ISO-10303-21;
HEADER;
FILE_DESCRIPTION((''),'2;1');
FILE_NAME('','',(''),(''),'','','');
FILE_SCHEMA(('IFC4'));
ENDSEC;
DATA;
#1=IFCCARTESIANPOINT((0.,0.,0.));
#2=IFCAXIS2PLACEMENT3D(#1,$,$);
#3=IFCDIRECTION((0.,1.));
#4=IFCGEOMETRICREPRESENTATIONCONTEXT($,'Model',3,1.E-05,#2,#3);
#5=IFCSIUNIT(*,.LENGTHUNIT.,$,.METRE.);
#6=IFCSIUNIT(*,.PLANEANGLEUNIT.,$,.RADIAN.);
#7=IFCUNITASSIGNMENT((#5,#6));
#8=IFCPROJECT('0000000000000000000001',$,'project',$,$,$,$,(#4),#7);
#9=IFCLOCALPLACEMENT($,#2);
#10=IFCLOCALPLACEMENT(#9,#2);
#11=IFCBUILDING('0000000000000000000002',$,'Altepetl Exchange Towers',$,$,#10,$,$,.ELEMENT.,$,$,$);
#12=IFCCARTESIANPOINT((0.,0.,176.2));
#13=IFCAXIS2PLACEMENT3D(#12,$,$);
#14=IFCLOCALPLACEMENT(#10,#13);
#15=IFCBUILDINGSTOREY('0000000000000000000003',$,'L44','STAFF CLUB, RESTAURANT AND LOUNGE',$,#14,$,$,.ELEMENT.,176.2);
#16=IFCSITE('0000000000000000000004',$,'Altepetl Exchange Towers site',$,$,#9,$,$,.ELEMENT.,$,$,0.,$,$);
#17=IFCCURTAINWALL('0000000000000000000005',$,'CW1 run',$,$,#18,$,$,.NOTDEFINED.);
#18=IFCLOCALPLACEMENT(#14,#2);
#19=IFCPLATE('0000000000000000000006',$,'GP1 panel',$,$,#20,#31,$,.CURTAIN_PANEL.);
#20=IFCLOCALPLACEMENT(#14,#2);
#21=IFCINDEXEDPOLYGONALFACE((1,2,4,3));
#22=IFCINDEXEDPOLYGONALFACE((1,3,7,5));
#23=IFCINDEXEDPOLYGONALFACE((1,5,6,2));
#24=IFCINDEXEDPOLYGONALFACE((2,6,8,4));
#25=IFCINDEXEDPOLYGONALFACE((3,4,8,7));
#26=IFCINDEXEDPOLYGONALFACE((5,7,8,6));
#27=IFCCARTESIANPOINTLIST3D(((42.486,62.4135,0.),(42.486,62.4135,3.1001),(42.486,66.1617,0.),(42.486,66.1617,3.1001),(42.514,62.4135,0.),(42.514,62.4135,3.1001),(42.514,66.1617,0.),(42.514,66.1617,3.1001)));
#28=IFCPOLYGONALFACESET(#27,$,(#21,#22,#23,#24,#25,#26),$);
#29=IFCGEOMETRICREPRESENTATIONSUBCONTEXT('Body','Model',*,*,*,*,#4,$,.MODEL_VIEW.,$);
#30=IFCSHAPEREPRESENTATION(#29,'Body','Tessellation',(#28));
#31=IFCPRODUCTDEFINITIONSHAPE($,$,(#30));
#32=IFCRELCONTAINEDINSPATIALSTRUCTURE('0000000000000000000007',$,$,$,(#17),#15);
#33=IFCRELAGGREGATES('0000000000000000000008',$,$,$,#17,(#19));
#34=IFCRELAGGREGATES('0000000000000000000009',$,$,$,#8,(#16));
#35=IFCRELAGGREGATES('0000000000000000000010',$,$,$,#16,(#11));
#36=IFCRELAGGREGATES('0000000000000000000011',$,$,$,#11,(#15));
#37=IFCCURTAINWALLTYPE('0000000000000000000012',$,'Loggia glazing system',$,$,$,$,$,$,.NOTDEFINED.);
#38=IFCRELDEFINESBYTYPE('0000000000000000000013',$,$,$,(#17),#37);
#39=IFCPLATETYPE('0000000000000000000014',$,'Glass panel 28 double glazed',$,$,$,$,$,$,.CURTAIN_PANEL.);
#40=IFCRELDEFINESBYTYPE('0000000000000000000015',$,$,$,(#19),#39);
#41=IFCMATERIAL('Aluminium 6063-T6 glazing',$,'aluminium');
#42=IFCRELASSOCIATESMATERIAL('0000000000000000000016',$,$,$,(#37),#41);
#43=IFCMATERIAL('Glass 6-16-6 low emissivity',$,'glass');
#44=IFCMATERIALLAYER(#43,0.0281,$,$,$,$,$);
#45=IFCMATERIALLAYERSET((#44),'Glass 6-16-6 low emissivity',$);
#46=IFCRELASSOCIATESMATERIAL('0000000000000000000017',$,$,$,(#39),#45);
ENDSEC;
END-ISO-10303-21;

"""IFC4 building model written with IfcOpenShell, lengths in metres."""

from ifc_helpers import new_model, si_unit, direction, frame, origin, origin_2d, place, context, subcontext, project, spatial, rectangle, extrude, material, layer, layer_set, type_object, element, aggregate, save


model = new_model("IFC4")

# Units and contexts
model_context = context("Model", 3, precision=1e-05, world=origin(), true_north=direction((0.0, 1.0)))
body_context = subcontext(model_context, "Body", "Model", "MODEL_VIEW")
ifc_project = project(units=[si_unit("LENGTHUNIT", "METRE"), si_unit("PLANEANGLEUNIT", "RADIAN")], contexts=[model_context])

# Site, building, storey
site_placement = place(None, origin())
site = spatial("IfcSite", under=ifc_project, at=site_placement, Name="Altepetl Exchange Towers site", CompositionType="ELEMENT", RefElevation=0.0)
building_placement = place(site_placement, origin())
building = spatial("IfcBuilding", under=site, at=building_placement, Name="Altepetl Exchange Towers", CompositionType="ELEMENT")
storey_placement = place(building_placement, frame((0.0, 0.0, 176.2)))
storey = spatial("IfcBuildingStorey", under=building, at=storey_placement, Name="L44", Description="STAFF CLUB, RESTAURANT AND LOUNGE", CompositionType="ELEMENT", Elevation=176.2)

# Curtain wall
ifc_material_1 = material(Name="Aluminium 6063-T6 glazing", Category="aluminium")
curtain_wall_type = type_object("IfcCurtainWallType", Name="Loggia glazing system", PredefinedType="NOTDEFINED", material=ifc_material_1)
curtain_wall_1_placement = place(storey_placement, origin())
curtain_wall_1 = element("IfcCurtainWall", 1, at=curtain_wall_1_placement, inside=storey, type_object=curtain_wall_type, Name="CW1 run", PredefinedType="NOTDEFINED")

# Plate
ifc_material_2 = material(Name="Glass 6-16-6 low emissivity", Category="glass")
ifc_layer = layer(ifc_material_2, 0.0281)
ifc_layer_set = layer_set([ifc_layer], Name="Glass 6-16-6 low emissivity")
plate_type = type_object("IfcPlateType", Name="Glass panel 28 double glazed", PredefinedType="CURTAIN_PANEL", material=ifc_layer_set)
plate_1_placement = place(storey_placement, frame((42.5, 64.2876, 0.0), z_axis=(0.0, 0.0, 1.0), x_axis=(0.0, -1.0, 0.0)))
plate_1 = element("IfcPlate", 2, at=plate_1_placement, type_object=plate_type, Name="GP1 panel", PredefinedType="CURTAIN_PANEL", context=body_context, shape_type="SweptSolid", body=[
    extrude(rectangle(XDim=3.7483, YDim=0.0281, at=origin_2d()), origin(), (0.0, 0.0, 1.0), 3.1001),
])
aggregate(curtain_wall_1, [plate_1])

save(model, "model.ifc")
